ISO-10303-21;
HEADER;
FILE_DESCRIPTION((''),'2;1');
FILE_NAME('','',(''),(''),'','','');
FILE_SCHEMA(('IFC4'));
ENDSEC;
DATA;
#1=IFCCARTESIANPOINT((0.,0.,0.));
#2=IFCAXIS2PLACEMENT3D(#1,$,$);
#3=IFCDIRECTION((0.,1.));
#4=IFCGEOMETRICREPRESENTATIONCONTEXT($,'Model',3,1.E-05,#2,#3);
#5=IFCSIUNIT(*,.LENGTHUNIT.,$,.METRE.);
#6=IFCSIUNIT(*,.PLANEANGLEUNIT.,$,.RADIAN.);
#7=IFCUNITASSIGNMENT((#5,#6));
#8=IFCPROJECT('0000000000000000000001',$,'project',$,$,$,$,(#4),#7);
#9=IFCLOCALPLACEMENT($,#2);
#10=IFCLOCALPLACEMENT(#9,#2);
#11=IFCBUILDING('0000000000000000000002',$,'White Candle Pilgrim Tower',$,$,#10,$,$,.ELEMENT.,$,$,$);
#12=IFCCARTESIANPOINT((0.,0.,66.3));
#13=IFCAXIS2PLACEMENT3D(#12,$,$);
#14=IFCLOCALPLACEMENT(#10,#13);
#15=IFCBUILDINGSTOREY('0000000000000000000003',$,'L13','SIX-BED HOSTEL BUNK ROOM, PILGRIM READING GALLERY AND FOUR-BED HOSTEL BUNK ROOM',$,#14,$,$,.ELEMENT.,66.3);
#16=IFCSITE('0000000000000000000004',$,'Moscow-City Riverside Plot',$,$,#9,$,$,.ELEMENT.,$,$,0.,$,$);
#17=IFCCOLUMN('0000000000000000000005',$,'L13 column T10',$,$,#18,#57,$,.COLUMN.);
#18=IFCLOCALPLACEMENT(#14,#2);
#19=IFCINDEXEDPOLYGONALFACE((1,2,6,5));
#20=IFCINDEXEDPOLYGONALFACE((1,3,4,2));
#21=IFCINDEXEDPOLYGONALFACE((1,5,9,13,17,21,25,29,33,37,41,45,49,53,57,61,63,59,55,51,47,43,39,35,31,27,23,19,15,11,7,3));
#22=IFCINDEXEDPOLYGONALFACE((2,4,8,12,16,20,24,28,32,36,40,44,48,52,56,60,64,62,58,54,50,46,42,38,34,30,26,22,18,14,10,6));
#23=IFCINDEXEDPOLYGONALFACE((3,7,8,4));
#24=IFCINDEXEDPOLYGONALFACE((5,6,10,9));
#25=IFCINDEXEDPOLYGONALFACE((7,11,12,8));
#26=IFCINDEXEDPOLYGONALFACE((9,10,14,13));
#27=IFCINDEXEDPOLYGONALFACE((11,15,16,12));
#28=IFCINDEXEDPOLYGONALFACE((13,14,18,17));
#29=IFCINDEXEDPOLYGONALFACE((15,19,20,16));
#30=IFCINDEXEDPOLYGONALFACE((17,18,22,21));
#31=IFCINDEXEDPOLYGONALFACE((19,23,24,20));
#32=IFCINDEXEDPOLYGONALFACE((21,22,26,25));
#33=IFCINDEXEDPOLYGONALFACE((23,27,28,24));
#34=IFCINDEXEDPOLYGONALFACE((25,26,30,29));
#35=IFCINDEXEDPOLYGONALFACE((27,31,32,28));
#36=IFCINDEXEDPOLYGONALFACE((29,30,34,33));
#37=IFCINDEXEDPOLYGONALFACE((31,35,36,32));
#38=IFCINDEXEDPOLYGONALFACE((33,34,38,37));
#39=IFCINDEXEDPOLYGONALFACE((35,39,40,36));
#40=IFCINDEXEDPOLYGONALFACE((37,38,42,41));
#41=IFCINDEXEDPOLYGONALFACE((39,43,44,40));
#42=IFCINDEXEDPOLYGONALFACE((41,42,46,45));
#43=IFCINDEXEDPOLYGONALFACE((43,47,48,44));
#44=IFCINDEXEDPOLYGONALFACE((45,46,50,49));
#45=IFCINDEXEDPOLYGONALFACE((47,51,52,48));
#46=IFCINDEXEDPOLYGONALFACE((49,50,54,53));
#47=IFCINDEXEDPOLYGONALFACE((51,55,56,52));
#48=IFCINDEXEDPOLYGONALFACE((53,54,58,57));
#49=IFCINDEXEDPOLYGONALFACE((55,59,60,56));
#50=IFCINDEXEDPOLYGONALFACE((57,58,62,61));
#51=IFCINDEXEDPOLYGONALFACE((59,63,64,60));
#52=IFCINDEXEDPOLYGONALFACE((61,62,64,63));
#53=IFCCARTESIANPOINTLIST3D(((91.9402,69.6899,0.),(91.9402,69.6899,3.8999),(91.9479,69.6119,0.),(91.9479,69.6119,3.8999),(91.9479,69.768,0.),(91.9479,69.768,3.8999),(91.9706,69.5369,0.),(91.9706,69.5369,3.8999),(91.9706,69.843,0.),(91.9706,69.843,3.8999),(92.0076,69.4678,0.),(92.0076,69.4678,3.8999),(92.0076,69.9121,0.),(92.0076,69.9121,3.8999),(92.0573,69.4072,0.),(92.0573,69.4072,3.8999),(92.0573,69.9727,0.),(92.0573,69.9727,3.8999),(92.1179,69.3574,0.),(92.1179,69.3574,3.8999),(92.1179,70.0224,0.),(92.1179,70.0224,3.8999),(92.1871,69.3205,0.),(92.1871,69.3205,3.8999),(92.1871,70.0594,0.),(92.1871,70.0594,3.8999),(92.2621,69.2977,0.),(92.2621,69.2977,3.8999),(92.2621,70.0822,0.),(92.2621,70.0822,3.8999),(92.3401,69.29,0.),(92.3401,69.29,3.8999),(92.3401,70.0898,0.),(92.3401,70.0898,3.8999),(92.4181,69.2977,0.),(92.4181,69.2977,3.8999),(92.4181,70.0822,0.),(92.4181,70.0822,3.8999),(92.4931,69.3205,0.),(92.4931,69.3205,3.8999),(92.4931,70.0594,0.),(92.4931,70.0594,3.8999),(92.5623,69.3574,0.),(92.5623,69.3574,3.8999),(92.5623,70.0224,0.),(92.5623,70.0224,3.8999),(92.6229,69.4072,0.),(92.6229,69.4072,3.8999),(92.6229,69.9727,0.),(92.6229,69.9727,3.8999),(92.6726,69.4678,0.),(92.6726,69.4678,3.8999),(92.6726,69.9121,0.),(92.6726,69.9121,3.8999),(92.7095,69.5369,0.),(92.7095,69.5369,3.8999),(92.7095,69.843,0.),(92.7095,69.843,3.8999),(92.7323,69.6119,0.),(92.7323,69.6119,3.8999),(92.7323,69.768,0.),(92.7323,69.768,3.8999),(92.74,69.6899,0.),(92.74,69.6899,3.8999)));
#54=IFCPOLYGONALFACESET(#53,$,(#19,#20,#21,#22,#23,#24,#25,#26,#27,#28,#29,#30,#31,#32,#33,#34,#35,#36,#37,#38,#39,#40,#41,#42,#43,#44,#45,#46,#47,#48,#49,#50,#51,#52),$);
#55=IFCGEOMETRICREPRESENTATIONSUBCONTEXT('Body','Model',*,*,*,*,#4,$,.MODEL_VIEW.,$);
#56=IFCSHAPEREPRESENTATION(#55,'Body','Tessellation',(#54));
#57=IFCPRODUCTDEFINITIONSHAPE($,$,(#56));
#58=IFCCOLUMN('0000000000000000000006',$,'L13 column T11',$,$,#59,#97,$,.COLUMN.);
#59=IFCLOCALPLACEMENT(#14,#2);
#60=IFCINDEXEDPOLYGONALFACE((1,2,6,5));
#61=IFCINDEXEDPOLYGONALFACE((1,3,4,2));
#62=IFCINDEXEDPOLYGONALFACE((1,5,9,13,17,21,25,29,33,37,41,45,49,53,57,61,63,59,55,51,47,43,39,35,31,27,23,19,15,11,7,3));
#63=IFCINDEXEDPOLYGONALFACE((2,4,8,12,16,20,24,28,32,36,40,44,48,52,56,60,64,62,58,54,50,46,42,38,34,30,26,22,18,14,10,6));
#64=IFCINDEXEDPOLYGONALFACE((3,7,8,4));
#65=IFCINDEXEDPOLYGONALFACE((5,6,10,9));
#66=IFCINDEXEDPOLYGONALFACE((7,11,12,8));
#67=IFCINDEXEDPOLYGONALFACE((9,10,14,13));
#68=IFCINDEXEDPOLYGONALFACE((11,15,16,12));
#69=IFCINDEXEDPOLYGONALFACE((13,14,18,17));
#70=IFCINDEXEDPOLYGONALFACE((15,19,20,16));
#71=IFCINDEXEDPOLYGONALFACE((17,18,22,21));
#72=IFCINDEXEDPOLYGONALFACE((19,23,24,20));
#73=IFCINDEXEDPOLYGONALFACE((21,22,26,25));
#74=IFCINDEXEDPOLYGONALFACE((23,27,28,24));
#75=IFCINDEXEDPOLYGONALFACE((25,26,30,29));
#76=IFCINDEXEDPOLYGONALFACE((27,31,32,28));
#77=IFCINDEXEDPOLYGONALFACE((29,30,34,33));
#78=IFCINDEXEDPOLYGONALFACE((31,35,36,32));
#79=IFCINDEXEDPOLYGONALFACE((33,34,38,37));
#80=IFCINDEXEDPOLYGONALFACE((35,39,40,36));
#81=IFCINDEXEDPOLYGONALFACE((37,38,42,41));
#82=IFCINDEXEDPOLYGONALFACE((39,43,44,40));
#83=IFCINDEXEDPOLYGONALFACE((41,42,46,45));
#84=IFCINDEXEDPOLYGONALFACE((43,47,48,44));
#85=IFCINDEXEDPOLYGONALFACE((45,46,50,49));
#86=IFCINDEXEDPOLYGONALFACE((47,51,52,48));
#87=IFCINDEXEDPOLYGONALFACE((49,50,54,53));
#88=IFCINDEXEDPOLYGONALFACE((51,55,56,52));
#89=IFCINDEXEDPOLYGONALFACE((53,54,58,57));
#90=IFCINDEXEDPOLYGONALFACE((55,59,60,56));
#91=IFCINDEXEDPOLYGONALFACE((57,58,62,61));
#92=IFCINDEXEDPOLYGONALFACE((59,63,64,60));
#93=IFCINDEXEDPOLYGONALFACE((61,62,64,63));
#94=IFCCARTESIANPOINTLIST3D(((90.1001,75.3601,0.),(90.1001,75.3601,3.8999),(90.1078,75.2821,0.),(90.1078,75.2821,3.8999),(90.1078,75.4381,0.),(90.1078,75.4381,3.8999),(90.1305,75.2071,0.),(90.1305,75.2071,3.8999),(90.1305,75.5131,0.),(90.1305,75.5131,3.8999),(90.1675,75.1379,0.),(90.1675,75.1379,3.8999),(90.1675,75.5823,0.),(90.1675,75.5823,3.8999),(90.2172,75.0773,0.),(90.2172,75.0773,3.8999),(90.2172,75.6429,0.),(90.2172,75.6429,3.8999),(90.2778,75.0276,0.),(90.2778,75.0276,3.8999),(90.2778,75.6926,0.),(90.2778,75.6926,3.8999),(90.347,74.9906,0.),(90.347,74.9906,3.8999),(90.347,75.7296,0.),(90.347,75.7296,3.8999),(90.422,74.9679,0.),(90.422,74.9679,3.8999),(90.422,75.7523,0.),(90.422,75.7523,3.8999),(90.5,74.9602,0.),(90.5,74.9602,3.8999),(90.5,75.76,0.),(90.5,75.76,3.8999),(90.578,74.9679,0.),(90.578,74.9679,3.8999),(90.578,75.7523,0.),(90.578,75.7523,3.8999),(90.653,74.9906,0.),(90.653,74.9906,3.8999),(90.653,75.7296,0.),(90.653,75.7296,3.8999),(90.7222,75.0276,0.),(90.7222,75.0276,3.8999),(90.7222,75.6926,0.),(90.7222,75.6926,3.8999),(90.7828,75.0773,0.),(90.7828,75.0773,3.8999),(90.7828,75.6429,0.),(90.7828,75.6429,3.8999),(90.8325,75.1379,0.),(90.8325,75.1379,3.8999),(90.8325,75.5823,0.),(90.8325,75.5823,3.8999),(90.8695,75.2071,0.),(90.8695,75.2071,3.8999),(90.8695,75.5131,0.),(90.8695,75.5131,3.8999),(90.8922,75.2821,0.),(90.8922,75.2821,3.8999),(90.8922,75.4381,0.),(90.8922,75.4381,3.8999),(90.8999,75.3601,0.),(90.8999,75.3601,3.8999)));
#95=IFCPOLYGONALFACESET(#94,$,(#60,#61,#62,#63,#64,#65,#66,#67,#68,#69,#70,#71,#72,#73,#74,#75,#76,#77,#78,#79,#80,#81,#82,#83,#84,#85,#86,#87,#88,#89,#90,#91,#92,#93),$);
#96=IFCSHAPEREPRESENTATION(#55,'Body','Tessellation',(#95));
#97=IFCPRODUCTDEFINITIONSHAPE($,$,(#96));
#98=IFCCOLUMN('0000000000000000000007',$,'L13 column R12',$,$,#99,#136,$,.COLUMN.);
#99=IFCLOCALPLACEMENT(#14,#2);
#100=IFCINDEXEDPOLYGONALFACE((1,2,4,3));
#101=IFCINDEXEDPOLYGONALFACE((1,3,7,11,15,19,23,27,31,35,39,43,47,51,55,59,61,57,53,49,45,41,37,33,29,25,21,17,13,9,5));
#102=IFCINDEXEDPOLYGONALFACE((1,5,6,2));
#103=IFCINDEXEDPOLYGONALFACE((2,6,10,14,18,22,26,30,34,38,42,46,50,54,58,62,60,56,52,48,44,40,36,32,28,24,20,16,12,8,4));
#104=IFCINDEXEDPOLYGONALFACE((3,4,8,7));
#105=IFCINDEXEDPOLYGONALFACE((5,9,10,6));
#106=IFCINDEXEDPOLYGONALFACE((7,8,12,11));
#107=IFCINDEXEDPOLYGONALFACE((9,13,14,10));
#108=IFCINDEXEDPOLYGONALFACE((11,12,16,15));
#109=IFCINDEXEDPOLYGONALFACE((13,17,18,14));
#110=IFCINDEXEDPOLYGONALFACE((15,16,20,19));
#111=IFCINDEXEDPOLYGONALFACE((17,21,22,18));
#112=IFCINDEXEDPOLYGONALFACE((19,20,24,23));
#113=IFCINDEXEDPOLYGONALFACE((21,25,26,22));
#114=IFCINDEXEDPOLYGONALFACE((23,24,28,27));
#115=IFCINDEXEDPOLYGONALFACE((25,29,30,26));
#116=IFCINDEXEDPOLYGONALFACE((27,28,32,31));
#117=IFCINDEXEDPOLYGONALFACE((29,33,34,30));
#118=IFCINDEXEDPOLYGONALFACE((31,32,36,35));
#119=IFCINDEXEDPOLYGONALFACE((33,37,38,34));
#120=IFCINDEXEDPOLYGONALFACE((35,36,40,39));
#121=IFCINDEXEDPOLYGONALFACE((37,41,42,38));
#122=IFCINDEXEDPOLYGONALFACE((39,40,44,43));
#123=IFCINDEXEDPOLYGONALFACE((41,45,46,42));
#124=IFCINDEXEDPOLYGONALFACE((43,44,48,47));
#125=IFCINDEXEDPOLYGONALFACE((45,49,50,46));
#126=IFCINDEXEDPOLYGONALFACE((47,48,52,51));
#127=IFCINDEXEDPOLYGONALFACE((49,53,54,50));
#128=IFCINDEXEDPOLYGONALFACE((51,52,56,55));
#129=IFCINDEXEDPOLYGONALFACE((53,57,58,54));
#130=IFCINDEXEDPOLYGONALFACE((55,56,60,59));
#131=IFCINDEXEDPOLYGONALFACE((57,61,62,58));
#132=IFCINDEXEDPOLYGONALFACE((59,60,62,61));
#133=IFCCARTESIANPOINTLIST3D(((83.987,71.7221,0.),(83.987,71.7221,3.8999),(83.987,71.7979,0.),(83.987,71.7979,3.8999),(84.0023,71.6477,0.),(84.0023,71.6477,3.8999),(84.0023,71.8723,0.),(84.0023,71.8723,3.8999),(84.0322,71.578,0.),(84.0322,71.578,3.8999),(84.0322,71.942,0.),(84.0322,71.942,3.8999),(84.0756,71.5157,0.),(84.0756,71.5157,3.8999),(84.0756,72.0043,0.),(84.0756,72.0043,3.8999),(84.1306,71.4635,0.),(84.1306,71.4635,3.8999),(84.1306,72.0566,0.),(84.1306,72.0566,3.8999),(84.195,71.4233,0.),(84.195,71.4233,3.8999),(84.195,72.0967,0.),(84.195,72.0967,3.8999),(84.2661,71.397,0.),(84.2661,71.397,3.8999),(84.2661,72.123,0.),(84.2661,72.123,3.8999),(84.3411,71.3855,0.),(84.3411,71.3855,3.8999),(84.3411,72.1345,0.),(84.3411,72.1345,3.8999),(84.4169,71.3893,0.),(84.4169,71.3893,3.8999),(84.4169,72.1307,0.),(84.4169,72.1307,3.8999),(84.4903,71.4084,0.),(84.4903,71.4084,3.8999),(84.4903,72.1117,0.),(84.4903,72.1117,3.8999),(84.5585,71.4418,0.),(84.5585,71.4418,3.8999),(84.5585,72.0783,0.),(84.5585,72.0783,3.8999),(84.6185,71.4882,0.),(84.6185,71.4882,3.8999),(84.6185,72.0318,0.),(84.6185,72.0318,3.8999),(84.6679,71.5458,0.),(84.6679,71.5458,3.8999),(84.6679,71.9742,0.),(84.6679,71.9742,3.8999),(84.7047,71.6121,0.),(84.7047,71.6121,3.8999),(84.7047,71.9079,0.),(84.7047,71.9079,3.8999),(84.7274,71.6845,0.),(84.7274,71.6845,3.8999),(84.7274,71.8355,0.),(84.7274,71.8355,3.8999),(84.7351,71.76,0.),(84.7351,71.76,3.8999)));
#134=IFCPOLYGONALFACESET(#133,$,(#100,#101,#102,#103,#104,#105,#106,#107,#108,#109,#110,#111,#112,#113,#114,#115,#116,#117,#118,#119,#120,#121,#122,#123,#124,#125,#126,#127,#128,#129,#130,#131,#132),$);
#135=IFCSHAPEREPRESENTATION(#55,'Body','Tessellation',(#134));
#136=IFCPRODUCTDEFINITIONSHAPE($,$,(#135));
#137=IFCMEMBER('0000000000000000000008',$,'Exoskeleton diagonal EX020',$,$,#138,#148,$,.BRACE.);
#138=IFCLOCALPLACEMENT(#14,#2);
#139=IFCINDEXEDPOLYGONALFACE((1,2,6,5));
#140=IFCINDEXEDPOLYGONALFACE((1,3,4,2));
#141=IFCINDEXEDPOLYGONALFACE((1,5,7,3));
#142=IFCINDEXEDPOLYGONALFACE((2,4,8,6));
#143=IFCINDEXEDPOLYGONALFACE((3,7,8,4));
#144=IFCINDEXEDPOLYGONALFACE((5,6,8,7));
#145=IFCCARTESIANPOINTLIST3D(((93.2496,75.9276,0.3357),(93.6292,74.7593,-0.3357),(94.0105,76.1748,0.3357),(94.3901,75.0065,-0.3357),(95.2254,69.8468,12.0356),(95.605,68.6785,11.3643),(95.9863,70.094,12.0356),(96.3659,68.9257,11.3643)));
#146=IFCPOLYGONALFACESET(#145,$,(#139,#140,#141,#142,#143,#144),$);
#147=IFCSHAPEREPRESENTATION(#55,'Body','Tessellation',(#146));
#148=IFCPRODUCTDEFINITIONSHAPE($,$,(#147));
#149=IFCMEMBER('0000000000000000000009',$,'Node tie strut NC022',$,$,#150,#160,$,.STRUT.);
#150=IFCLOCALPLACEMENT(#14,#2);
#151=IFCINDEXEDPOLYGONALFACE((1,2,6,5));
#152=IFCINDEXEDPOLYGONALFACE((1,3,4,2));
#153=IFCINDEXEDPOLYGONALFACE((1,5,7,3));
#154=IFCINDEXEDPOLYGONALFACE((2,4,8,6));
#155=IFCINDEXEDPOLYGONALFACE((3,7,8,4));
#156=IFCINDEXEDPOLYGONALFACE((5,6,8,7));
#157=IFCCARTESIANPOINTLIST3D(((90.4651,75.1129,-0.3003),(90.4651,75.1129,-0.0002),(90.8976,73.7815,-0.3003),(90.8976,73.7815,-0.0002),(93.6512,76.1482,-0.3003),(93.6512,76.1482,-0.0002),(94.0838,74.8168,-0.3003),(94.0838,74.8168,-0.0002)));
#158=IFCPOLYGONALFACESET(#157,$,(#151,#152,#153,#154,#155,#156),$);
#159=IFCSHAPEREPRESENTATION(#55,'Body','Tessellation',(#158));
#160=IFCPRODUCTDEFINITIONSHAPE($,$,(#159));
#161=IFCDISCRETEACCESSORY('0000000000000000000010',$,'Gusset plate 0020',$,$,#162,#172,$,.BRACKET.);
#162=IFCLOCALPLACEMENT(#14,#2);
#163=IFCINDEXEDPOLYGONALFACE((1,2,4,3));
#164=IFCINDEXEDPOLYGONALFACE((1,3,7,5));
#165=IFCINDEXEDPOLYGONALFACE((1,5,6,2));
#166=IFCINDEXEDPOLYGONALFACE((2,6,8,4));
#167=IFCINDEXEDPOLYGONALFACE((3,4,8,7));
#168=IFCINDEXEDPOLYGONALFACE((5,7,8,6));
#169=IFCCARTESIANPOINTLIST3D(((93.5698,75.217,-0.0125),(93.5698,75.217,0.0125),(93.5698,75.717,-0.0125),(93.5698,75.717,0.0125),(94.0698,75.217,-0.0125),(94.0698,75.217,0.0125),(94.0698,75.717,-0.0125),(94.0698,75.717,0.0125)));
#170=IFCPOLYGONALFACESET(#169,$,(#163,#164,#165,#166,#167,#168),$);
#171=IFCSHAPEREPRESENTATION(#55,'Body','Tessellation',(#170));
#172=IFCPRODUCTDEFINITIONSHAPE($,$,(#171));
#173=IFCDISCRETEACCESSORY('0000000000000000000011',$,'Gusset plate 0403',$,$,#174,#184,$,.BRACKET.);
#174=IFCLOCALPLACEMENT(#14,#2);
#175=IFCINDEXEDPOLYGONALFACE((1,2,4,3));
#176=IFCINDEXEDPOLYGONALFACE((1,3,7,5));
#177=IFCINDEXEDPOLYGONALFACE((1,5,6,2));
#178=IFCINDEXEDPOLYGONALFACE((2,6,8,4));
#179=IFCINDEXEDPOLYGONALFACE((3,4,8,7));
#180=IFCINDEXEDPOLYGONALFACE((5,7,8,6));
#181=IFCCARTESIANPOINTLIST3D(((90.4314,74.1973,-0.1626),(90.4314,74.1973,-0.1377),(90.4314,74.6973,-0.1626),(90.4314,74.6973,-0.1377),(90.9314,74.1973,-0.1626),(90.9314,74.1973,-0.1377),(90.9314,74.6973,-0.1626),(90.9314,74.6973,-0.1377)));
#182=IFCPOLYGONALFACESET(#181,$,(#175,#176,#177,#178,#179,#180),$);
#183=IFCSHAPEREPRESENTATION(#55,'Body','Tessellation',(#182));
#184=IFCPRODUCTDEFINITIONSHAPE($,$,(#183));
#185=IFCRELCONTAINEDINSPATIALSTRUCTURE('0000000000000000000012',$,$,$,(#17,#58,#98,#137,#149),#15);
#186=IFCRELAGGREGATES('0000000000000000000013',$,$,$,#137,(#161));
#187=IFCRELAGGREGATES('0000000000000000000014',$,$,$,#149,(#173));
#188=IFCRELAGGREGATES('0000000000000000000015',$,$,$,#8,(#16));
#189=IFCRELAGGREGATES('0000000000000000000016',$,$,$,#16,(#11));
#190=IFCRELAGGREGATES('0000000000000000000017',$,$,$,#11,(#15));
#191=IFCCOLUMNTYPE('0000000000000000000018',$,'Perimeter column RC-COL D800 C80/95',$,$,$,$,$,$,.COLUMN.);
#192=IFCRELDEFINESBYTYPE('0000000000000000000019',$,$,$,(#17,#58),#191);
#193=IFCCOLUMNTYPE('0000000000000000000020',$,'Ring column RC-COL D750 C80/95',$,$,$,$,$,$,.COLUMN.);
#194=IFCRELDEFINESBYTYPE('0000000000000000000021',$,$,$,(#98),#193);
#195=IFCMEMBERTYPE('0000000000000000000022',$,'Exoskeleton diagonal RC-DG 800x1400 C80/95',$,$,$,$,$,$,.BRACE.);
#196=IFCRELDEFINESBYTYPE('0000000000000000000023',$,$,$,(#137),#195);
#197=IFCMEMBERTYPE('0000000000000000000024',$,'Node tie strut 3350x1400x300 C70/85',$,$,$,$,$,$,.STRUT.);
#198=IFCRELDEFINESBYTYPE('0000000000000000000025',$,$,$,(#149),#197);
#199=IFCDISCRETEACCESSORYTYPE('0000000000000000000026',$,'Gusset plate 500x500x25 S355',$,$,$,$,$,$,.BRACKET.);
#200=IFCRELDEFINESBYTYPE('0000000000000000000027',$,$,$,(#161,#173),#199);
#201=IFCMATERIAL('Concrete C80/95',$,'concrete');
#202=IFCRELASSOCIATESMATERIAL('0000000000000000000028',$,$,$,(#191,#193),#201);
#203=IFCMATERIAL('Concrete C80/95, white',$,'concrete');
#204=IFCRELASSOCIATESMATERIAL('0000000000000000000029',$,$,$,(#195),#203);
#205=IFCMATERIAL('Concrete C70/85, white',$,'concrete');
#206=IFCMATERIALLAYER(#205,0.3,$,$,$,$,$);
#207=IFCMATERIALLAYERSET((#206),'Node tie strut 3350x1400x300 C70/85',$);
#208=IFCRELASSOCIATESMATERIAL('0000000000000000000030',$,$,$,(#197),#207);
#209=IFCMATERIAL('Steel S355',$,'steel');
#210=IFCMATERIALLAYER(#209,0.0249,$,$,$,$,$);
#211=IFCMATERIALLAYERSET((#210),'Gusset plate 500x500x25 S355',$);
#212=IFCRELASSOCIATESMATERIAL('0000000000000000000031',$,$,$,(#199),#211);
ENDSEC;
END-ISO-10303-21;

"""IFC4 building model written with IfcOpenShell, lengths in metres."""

from ifc_helpers import new_model, si_unit, direction, frame, origin, origin_2d, place, context, subcontext, project, spatial, rectangle, circle, extrude, material, layer, layer_set, material_profile, profile_set, type_object, element, aggregate, save


model = new_model("IFC4")

# Units and contexts
model_context = context("Model", 3, precision=1e-05, world=origin(), true_north=direction((0.0, 1.0)))
body_context = subcontext(model_context, "Body", "Model", "MODEL_VIEW")
ifc_project = project(units=[si_unit("LENGTHUNIT", "METRE"), si_unit("PLANEANGLEUNIT", "RADIAN")], contexts=[model_context])

# Site, building, storey
site_placement = place(None, origin())
site = spatial("IfcSite", under=ifc_project, at=site_placement, Name="Moscow-City Riverside Plot", CompositionType="ELEMENT", RefElevation=0.0)
building_placement = place(site_placement, origin())
building = spatial("IfcBuilding", under=site, at=building_placement, Name="White Candle Pilgrim Tower", CompositionType="ELEMENT")
storey_placement = place(building_placement, frame((0.0, 0.0, 66.3)))
storey = spatial("IfcBuildingStorey", under=building, at=storey_placement, Name="L13", Description="SIX-BED HOSTEL BUNK ROOM, PILGRIM READING GALLERY AND FOUR-BED HOSTEL BUNK ROOM", CompositionType="ELEMENT", Elevation=66.3)

# Columns
ifc_material_1 = material(Name="Concrete C80/95", Category="concrete")
ifc_material_profile_1 = material_profile(ifc_material_1, circle(Radius=0.3999, at=origin_2d()), Name="RC-COL D800")
ifc_profile_set_1 = profile_set([ifc_material_profile_1], Name="Concrete C80/95")
column_type_1 = type_object("IfcColumnType", Name="Perimeter column RC-COL D800 C80/95", PredefinedType="COLUMN", material=ifc_profile_set_1)
for number, where, z_axis, x_axis, name in (
    (1, (92.3401, 69.6899, 0.0), (0.0, 0.0, 1.0), (1.0, 0.0, 0.0), "L13 column T10"),
    (2, (90.5, 75.3601, 0.0), (0.0, 0.0, 1.0), (1.0, 0.0, 0.0), "L13 column T11"),
):
    element("IfcColumn", number, at=place(storey_placement, frame(where, z_axis=z_axis, x_axis=x_axis)), inside=storey, type_object=column_type_1, Name=name, PredefinedType="COLUMN", context=body_context, shape_type="SweptSolid", body=[
        extrude(circle(Radius=0.3999, at=origin_2d()), origin(), (0.0, 0.0, 1.0), 3.8999),
    ])
ifc_material_profile_2 = material_profile(ifc_material_1, circle(Radius=0.375, at=origin_2d()), Name="RC-COL D750")
ifc_profile_set_2 = profile_set([ifc_material_profile_2], Name="Concrete C80/95")
column_type_2 = type_object("IfcColumnType", Name="Ring column RC-COL D750 C80/95", PredefinedType="COLUMN", material=ifc_profile_set_2)
column_placement = place(storey_placement, frame((84.3601, 71.76, 0.0), z_axis=(0.0, 0.0, 1.0), x_axis=(1.0, 0.0, 0.0)))
element("IfcColumn", 3, at=column_placement, inside=storey, type_object=column_type_2, Name="L13 column R12", PredefinedType="COLUMN", context=body_context, shape_type="SweptSolid", body=[
    extrude(circle(Radius=0.375, at=origin_2d()), origin(), (0.0, 0.0, 1.0), 3.8999),
])

# Members
ifc_material_2 = material(Name="Concrete C80/95, white", Category="concrete")
ifc_material_profile_3 = material_profile(ifc_material_2, rectangle(XDim=0.8, YDim=1.3999, at=origin_2d()), Name="RC-DG 800x1400")
ifc_profile_set_3 = profile_set([ifc_material_profile_3], Name="Concrete C80/95, white")
member_type_1 = type_object("IfcMemberType", Name="Exoskeleton diagonal RC-DG 800x1400 C80/95", PredefinedType="BRACE", material=ifc_profile_set_3)
member_1_placement = place(storey_placement, frame((93.8198, 75.467, 0.0), z_axis=(0.148191, -0.456072, 0.877518), x_axis=(0.951054, 0.309025, 0.0)))
member_1 = element("IfcMember", 4, at=member_1_placement, inside=storey, type_object=member_type_1, Name="Exoskeleton diagonal EX020", PredefinedType="BRACE", context=body_context, shape_type="SweptSolid", body=[
    extrude(rectangle(XDim=0.8, YDim=1.3999, at=origin_2d()), origin(), (0.0, 0.0, 1.0), 13.333),
])
ifc_material_3 = material(Name="Concrete C70/85, white", Category="concrete")
ifc_layer_1 = layer(ifc_material_3, 0.3)
ifc_layer_set_1 = layer_set([ifc_layer_1], Name="Node tie strut 3350x1400x300 C70/85")
member_type_2 = type_object("IfcMemberType", Name="Node tie strut 3350x1400x300 C70/85", PredefinedType="STRUT", material=ifc_layer_set_1)
member_2_placement = place(storey_placement, frame((92.2744, 74.9648, -0.3003), z_axis=(0.0, 0.0, 1.0), x_axis=(-0.309017, 0.951057, 0.0)))
member_2 = element("IfcMember", 5, at=member_2_placement, inside=storey, type_object=member_type_2, Name="Node tie strut NC022", PredefinedType="STRUT", context=body_context, shape_type="SweptSolid", body=[
    extrude(rectangle(XDim=1.3999, YDim=3.3501, at=origin_2d()), origin(), (0.0, 0.0, 1.0), 0.3),
])

# Discrete accessories
ifc_material_4 = material(Name="Steel S355", Category="steel")
ifc_layer_2 = layer(ifc_material_4, 0.0249)
ifc_layer_set_2 = layer_set([ifc_layer_2], Name="Gusset plate 500x500x25 S355")
discrete_accessory_type = type_object("IfcDiscreteAccessoryType", Name="Gusset plate 500x500x25 S355", PredefinedType="BRACKET", material=ifc_layer_set_2)
discrete_accessory_1_placement = place(storey_placement, frame((93.8198, 75.467, -0.0125), z_axis=(0.0, 0.0, 1.0), x_axis=(1.0, 0.0, 0.0)))
discrete_accessory_1 = element("IfcDiscreteAccessory", 6, at=discrete_accessory_1_placement, type_object=discrete_accessory_type, Name="Gusset plate 0020", PredefinedType="BRACKET", context=body_context, shape_type="SweptSolid", body=[
    extrude(rectangle(XDim=0.5, YDim=0.5, at=origin_2d()), origin(), (0.0, 0.0, 1.0), 0.0249),
])
aggregate(member_1, [discrete_accessory_1])
discrete_accessory_2_placement = place(storey_placement, frame((90.6814, 74.4473, -0.1626), z_axis=(0.0, 0.0, 1.0), x_axis=(1.0, 0.0, 0.0)))
discrete_accessory_2 = element("IfcDiscreteAccessory", 7, at=discrete_accessory_2_placement, type_object=discrete_accessory_type, Name="Gusset plate 0403", PredefinedType="BRACKET", context=body_context, shape_type="SweptSolid", body=[
    extrude(rectangle(XDim=0.5, YDim=0.5, at=origin_2d()), origin(), (0.0, 0.0, 1.0), 0.0249),
])
aggregate(member_2, [discrete_accessory_2])

save(model, "model.ifc")
